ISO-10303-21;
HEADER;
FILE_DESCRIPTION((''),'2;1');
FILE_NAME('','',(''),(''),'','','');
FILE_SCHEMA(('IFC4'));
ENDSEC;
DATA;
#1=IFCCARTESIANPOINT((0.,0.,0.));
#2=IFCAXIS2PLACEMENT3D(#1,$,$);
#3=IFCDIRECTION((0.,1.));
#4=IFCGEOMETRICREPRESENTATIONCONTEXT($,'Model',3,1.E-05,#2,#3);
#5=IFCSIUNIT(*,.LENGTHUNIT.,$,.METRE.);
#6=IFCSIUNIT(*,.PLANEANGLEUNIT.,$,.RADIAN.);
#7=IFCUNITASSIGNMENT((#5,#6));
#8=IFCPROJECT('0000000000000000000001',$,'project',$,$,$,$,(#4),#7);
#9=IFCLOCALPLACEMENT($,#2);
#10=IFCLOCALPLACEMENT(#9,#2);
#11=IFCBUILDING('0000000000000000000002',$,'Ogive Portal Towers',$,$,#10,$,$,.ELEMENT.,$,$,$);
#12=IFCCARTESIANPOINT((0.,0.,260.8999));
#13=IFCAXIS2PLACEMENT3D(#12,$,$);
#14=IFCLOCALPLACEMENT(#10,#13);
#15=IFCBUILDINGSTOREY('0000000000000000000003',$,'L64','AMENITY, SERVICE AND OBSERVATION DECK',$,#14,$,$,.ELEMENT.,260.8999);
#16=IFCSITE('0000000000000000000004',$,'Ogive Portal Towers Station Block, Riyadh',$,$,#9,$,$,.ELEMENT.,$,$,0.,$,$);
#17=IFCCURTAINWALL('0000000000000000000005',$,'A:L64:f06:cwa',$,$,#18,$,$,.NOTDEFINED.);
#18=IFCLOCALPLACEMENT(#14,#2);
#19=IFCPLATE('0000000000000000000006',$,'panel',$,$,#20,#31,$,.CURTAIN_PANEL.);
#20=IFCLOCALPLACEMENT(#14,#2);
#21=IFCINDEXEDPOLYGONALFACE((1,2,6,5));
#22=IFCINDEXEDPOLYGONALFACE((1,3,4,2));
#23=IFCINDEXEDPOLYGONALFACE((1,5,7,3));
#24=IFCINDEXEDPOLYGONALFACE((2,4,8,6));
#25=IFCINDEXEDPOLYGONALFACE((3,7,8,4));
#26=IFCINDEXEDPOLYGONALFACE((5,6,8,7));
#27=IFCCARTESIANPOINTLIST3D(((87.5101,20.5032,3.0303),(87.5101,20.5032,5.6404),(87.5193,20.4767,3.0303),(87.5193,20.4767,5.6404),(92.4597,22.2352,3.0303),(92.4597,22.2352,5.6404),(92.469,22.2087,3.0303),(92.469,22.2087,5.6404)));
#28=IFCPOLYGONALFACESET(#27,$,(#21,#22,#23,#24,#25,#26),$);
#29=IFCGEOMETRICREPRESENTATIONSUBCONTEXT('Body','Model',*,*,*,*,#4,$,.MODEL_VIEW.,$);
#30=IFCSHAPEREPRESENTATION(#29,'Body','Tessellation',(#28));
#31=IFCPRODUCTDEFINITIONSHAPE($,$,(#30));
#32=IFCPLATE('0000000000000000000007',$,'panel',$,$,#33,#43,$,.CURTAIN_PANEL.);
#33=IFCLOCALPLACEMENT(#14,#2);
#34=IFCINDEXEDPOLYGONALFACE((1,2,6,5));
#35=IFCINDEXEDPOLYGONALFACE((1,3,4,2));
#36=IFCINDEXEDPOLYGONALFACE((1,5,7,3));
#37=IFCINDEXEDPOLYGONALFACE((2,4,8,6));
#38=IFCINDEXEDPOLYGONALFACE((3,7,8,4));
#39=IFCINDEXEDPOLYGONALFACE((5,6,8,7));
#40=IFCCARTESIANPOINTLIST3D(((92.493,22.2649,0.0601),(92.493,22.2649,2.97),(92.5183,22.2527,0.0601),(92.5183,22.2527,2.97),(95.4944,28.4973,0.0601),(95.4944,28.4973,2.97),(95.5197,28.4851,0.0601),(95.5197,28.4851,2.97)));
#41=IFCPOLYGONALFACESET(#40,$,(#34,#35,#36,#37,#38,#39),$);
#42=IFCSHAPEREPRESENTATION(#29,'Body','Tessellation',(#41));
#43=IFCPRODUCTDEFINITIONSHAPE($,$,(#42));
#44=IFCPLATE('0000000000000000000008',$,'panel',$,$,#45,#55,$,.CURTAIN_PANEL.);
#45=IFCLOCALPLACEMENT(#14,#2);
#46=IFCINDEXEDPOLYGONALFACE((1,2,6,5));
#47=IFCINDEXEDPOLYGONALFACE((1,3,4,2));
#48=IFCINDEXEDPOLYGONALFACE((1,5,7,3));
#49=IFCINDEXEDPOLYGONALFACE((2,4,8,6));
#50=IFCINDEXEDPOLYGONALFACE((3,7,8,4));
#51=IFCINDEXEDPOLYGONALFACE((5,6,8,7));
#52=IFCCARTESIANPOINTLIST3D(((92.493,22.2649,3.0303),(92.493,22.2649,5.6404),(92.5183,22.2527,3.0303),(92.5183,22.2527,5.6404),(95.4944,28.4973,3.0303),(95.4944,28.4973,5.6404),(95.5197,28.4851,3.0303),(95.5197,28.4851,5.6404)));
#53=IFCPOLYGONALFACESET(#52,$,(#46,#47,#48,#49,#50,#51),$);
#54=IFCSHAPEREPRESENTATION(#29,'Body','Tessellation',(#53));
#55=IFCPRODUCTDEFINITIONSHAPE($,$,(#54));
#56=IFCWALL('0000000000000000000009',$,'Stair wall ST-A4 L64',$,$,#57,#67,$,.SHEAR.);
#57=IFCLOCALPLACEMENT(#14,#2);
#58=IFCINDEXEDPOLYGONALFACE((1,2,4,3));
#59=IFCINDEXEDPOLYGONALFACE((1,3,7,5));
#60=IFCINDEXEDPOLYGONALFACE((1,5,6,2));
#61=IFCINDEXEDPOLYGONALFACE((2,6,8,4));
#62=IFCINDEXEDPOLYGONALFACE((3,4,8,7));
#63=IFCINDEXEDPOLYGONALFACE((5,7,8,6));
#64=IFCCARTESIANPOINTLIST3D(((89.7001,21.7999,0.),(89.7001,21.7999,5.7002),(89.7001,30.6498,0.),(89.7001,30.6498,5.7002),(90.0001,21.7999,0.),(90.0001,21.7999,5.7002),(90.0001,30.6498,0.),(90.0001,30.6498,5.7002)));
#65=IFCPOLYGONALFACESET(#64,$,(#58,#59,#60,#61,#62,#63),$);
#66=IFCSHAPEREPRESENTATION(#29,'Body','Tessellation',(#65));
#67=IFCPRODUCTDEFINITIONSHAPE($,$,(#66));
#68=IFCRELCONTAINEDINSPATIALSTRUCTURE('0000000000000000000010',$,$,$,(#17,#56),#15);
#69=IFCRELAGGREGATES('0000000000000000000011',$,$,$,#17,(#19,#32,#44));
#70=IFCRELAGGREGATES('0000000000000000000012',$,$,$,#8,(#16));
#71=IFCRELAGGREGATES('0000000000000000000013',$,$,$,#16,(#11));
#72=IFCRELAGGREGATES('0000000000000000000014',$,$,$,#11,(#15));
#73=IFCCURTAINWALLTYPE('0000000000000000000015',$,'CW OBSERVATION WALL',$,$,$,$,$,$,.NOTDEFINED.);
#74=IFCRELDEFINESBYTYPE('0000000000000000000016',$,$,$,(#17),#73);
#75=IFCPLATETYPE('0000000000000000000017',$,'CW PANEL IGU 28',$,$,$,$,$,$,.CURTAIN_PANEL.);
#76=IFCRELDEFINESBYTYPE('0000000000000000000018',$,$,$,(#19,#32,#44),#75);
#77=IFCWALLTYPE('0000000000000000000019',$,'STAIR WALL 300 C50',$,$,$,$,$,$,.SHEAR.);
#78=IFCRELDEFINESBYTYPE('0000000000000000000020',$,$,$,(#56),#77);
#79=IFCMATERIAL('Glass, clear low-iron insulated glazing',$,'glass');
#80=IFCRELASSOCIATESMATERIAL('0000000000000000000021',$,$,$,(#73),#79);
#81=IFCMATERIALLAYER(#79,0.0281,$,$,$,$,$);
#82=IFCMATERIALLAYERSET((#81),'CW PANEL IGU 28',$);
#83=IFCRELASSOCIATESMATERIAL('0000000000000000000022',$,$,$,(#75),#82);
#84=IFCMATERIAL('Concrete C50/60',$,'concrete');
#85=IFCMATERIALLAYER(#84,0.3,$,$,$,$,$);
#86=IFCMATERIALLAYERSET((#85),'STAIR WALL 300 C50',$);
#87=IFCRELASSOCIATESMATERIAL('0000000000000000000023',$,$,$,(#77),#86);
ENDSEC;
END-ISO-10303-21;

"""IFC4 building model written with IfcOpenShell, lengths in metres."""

from ifc_helpers import new_model, si_unit, direction, frame, frame_2d, origin, origin_2d, place, context, subcontext, project, spatial, rectangle, extrude, material, layer, layer_set, type_object, element, aggregate, save


model = new_model("IFC4")

# Units and contexts
model_context = context("Model", 3, precision=1e-05, world=origin(), true_north=direction((0.0, 1.0)))
body_context = subcontext(model_context, "Body", "Model", "MODEL_VIEW")
ifc_project = project(units=[si_unit("LENGTHUNIT", "METRE"), si_unit("PLANEANGLEUNIT", "RADIAN")], contexts=[model_context])

# Site, building, storey
site_placement = place(None, origin())
site = spatial("IfcSite", under=ifc_project, at=site_placement, Name="Ogive Portal Towers Station Block, Riyadh", CompositionType="ELEMENT", RefElevation=0.0)
building_placement = place(site_placement, origin())
building = spatial("IfcBuilding", under=site, at=building_placement, Name="Ogive Portal Towers", CompositionType="ELEMENT")
storey_placement = place(building_placement, frame((0.0, 0.0, 260.8999)))
storey = spatial("IfcBuildingStorey", under=building, at=storey_placement, Name="L64", Description="AMENITY, SERVICE AND OBSERVATION DECK", CompositionType="ELEMENT", Elevation=260.8999)

# Curtain wall
ifc_material_1 = material(Name="Glass, clear low-iron insulated glazing", Category="glass")
curtain_wall_type = type_object("IfcCurtainWallType", Name="CW OBSERVATION WALL", PredefinedType="NOTDEFINED", material=ifc_material_1)
curtain_wall_1_placement = place(storey_placement, origin())
curtain_wall_1 = element("IfcCurtainWall", 1, at=curtain_wall_1_placement, inside=storey, type_object=curtain_wall_type, Name="A:L64:f06:cwa", PredefinedType="NOTDEFINED")

# Plates
ifc_layer_1 = layer(ifc_material_1, 0.0281)
ifc_layer_set_1 = layer_set([ifc_layer_1], Name="CW PANEL IGU 28")
plate_type = type_object("IfcPlateType", Name="CW PANEL IGU 28", PredefinedType="CURTAIN_PANEL", material=ifc_layer_set_1)
plate_1_placement = place(storey_placement, frame((89.9895, 21.356, 3.0303), z_axis=(0.0, 0.0, 1.0), x_axis=(0.943883, 0.330279, 0.0)))
plate_1 = element("IfcPlate", 2, at=plate_1_placement, type_object=plate_type, Name="panel", PredefinedType="CURTAIN_PANEL", context=body_context, shape_type="SweptSolid", body=[
    extrude(rectangle(XDim=5.2439, YDim=0.0281, at=origin_2d()), origin(), (0.0, 0.0, 1.0), 2.6101),
])
plate_2_placement = place(storey_placement, frame((94.0063, 25.375, 0.0601), z_axis=(0.0, 0.0, 1.0), x_axis=(0.433884, 0.900969, 0.0)))
plate_2 = element("IfcPlate", 3, at=plate_2_placement, type_object=plate_type, Name="panel", PredefinedType="CURTAIN_PANEL", context=body_context, shape_type="SweptSolid", body=[
    extrude(rectangle(XDim=6.9175, YDim=0.0281, at=origin_2d()), origin(), (0.0, 0.0, 1.0), 2.9099),
])
plate_3_placement = place(storey_placement, frame((94.0063, 25.375, 3.0303), z_axis=(0.0, 0.0, 1.0), x_axis=(0.433884, 0.900969, 0.0)))
plate_3 = element("IfcPlate", 4, at=plate_3_placement, type_object=plate_type, Name="panel", PredefinedType="CURTAIN_PANEL", context=body_context, shape_type="SweptSolid", body=[
    extrude(rectangle(XDim=6.9175, YDim=0.0281, at=origin_2d()), origin(), (0.0, 0.0, 1.0), 2.6101),
])
aggregate(curtain_wall_1, [plate_1, plate_2, plate_3])

# Wall
ifc_material_2 = material(Name="Concrete C50/60", Category="concrete")
ifc_layer_2 = layer(ifc_material_2, 0.3)
ifc_layer_set_2 = layer_set([ifc_layer_2], Name="STAIR WALL 300 C50")
wall_type = type_object("IfcWallType", Name="STAIR WALL 300 C50", PredefinedType="SHEAR", material=ifc_layer_set_2)
wall_placement = place(storey_placement, frame((89.8501, 21.8, 0.0), z_axis=(0.0, 0.0, 1.0), x_axis=(0.0, 1.0, 0.0)))
element("IfcWall", 5, at=wall_placement, inside=storey, type_object=wall_type, Name="Stair wall ST-A4 L64", PredefinedType="SHEAR", context=body_context, shape_type="SweptSolid", body=[
    extrude(rectangle(XDim=8.8499, YDim=0.3, at=frame_2d((4.4248, 0.0))), origin(), (0.0, 0.0, 1.0), 5.7002),
])

save(model, "model.ifc")
